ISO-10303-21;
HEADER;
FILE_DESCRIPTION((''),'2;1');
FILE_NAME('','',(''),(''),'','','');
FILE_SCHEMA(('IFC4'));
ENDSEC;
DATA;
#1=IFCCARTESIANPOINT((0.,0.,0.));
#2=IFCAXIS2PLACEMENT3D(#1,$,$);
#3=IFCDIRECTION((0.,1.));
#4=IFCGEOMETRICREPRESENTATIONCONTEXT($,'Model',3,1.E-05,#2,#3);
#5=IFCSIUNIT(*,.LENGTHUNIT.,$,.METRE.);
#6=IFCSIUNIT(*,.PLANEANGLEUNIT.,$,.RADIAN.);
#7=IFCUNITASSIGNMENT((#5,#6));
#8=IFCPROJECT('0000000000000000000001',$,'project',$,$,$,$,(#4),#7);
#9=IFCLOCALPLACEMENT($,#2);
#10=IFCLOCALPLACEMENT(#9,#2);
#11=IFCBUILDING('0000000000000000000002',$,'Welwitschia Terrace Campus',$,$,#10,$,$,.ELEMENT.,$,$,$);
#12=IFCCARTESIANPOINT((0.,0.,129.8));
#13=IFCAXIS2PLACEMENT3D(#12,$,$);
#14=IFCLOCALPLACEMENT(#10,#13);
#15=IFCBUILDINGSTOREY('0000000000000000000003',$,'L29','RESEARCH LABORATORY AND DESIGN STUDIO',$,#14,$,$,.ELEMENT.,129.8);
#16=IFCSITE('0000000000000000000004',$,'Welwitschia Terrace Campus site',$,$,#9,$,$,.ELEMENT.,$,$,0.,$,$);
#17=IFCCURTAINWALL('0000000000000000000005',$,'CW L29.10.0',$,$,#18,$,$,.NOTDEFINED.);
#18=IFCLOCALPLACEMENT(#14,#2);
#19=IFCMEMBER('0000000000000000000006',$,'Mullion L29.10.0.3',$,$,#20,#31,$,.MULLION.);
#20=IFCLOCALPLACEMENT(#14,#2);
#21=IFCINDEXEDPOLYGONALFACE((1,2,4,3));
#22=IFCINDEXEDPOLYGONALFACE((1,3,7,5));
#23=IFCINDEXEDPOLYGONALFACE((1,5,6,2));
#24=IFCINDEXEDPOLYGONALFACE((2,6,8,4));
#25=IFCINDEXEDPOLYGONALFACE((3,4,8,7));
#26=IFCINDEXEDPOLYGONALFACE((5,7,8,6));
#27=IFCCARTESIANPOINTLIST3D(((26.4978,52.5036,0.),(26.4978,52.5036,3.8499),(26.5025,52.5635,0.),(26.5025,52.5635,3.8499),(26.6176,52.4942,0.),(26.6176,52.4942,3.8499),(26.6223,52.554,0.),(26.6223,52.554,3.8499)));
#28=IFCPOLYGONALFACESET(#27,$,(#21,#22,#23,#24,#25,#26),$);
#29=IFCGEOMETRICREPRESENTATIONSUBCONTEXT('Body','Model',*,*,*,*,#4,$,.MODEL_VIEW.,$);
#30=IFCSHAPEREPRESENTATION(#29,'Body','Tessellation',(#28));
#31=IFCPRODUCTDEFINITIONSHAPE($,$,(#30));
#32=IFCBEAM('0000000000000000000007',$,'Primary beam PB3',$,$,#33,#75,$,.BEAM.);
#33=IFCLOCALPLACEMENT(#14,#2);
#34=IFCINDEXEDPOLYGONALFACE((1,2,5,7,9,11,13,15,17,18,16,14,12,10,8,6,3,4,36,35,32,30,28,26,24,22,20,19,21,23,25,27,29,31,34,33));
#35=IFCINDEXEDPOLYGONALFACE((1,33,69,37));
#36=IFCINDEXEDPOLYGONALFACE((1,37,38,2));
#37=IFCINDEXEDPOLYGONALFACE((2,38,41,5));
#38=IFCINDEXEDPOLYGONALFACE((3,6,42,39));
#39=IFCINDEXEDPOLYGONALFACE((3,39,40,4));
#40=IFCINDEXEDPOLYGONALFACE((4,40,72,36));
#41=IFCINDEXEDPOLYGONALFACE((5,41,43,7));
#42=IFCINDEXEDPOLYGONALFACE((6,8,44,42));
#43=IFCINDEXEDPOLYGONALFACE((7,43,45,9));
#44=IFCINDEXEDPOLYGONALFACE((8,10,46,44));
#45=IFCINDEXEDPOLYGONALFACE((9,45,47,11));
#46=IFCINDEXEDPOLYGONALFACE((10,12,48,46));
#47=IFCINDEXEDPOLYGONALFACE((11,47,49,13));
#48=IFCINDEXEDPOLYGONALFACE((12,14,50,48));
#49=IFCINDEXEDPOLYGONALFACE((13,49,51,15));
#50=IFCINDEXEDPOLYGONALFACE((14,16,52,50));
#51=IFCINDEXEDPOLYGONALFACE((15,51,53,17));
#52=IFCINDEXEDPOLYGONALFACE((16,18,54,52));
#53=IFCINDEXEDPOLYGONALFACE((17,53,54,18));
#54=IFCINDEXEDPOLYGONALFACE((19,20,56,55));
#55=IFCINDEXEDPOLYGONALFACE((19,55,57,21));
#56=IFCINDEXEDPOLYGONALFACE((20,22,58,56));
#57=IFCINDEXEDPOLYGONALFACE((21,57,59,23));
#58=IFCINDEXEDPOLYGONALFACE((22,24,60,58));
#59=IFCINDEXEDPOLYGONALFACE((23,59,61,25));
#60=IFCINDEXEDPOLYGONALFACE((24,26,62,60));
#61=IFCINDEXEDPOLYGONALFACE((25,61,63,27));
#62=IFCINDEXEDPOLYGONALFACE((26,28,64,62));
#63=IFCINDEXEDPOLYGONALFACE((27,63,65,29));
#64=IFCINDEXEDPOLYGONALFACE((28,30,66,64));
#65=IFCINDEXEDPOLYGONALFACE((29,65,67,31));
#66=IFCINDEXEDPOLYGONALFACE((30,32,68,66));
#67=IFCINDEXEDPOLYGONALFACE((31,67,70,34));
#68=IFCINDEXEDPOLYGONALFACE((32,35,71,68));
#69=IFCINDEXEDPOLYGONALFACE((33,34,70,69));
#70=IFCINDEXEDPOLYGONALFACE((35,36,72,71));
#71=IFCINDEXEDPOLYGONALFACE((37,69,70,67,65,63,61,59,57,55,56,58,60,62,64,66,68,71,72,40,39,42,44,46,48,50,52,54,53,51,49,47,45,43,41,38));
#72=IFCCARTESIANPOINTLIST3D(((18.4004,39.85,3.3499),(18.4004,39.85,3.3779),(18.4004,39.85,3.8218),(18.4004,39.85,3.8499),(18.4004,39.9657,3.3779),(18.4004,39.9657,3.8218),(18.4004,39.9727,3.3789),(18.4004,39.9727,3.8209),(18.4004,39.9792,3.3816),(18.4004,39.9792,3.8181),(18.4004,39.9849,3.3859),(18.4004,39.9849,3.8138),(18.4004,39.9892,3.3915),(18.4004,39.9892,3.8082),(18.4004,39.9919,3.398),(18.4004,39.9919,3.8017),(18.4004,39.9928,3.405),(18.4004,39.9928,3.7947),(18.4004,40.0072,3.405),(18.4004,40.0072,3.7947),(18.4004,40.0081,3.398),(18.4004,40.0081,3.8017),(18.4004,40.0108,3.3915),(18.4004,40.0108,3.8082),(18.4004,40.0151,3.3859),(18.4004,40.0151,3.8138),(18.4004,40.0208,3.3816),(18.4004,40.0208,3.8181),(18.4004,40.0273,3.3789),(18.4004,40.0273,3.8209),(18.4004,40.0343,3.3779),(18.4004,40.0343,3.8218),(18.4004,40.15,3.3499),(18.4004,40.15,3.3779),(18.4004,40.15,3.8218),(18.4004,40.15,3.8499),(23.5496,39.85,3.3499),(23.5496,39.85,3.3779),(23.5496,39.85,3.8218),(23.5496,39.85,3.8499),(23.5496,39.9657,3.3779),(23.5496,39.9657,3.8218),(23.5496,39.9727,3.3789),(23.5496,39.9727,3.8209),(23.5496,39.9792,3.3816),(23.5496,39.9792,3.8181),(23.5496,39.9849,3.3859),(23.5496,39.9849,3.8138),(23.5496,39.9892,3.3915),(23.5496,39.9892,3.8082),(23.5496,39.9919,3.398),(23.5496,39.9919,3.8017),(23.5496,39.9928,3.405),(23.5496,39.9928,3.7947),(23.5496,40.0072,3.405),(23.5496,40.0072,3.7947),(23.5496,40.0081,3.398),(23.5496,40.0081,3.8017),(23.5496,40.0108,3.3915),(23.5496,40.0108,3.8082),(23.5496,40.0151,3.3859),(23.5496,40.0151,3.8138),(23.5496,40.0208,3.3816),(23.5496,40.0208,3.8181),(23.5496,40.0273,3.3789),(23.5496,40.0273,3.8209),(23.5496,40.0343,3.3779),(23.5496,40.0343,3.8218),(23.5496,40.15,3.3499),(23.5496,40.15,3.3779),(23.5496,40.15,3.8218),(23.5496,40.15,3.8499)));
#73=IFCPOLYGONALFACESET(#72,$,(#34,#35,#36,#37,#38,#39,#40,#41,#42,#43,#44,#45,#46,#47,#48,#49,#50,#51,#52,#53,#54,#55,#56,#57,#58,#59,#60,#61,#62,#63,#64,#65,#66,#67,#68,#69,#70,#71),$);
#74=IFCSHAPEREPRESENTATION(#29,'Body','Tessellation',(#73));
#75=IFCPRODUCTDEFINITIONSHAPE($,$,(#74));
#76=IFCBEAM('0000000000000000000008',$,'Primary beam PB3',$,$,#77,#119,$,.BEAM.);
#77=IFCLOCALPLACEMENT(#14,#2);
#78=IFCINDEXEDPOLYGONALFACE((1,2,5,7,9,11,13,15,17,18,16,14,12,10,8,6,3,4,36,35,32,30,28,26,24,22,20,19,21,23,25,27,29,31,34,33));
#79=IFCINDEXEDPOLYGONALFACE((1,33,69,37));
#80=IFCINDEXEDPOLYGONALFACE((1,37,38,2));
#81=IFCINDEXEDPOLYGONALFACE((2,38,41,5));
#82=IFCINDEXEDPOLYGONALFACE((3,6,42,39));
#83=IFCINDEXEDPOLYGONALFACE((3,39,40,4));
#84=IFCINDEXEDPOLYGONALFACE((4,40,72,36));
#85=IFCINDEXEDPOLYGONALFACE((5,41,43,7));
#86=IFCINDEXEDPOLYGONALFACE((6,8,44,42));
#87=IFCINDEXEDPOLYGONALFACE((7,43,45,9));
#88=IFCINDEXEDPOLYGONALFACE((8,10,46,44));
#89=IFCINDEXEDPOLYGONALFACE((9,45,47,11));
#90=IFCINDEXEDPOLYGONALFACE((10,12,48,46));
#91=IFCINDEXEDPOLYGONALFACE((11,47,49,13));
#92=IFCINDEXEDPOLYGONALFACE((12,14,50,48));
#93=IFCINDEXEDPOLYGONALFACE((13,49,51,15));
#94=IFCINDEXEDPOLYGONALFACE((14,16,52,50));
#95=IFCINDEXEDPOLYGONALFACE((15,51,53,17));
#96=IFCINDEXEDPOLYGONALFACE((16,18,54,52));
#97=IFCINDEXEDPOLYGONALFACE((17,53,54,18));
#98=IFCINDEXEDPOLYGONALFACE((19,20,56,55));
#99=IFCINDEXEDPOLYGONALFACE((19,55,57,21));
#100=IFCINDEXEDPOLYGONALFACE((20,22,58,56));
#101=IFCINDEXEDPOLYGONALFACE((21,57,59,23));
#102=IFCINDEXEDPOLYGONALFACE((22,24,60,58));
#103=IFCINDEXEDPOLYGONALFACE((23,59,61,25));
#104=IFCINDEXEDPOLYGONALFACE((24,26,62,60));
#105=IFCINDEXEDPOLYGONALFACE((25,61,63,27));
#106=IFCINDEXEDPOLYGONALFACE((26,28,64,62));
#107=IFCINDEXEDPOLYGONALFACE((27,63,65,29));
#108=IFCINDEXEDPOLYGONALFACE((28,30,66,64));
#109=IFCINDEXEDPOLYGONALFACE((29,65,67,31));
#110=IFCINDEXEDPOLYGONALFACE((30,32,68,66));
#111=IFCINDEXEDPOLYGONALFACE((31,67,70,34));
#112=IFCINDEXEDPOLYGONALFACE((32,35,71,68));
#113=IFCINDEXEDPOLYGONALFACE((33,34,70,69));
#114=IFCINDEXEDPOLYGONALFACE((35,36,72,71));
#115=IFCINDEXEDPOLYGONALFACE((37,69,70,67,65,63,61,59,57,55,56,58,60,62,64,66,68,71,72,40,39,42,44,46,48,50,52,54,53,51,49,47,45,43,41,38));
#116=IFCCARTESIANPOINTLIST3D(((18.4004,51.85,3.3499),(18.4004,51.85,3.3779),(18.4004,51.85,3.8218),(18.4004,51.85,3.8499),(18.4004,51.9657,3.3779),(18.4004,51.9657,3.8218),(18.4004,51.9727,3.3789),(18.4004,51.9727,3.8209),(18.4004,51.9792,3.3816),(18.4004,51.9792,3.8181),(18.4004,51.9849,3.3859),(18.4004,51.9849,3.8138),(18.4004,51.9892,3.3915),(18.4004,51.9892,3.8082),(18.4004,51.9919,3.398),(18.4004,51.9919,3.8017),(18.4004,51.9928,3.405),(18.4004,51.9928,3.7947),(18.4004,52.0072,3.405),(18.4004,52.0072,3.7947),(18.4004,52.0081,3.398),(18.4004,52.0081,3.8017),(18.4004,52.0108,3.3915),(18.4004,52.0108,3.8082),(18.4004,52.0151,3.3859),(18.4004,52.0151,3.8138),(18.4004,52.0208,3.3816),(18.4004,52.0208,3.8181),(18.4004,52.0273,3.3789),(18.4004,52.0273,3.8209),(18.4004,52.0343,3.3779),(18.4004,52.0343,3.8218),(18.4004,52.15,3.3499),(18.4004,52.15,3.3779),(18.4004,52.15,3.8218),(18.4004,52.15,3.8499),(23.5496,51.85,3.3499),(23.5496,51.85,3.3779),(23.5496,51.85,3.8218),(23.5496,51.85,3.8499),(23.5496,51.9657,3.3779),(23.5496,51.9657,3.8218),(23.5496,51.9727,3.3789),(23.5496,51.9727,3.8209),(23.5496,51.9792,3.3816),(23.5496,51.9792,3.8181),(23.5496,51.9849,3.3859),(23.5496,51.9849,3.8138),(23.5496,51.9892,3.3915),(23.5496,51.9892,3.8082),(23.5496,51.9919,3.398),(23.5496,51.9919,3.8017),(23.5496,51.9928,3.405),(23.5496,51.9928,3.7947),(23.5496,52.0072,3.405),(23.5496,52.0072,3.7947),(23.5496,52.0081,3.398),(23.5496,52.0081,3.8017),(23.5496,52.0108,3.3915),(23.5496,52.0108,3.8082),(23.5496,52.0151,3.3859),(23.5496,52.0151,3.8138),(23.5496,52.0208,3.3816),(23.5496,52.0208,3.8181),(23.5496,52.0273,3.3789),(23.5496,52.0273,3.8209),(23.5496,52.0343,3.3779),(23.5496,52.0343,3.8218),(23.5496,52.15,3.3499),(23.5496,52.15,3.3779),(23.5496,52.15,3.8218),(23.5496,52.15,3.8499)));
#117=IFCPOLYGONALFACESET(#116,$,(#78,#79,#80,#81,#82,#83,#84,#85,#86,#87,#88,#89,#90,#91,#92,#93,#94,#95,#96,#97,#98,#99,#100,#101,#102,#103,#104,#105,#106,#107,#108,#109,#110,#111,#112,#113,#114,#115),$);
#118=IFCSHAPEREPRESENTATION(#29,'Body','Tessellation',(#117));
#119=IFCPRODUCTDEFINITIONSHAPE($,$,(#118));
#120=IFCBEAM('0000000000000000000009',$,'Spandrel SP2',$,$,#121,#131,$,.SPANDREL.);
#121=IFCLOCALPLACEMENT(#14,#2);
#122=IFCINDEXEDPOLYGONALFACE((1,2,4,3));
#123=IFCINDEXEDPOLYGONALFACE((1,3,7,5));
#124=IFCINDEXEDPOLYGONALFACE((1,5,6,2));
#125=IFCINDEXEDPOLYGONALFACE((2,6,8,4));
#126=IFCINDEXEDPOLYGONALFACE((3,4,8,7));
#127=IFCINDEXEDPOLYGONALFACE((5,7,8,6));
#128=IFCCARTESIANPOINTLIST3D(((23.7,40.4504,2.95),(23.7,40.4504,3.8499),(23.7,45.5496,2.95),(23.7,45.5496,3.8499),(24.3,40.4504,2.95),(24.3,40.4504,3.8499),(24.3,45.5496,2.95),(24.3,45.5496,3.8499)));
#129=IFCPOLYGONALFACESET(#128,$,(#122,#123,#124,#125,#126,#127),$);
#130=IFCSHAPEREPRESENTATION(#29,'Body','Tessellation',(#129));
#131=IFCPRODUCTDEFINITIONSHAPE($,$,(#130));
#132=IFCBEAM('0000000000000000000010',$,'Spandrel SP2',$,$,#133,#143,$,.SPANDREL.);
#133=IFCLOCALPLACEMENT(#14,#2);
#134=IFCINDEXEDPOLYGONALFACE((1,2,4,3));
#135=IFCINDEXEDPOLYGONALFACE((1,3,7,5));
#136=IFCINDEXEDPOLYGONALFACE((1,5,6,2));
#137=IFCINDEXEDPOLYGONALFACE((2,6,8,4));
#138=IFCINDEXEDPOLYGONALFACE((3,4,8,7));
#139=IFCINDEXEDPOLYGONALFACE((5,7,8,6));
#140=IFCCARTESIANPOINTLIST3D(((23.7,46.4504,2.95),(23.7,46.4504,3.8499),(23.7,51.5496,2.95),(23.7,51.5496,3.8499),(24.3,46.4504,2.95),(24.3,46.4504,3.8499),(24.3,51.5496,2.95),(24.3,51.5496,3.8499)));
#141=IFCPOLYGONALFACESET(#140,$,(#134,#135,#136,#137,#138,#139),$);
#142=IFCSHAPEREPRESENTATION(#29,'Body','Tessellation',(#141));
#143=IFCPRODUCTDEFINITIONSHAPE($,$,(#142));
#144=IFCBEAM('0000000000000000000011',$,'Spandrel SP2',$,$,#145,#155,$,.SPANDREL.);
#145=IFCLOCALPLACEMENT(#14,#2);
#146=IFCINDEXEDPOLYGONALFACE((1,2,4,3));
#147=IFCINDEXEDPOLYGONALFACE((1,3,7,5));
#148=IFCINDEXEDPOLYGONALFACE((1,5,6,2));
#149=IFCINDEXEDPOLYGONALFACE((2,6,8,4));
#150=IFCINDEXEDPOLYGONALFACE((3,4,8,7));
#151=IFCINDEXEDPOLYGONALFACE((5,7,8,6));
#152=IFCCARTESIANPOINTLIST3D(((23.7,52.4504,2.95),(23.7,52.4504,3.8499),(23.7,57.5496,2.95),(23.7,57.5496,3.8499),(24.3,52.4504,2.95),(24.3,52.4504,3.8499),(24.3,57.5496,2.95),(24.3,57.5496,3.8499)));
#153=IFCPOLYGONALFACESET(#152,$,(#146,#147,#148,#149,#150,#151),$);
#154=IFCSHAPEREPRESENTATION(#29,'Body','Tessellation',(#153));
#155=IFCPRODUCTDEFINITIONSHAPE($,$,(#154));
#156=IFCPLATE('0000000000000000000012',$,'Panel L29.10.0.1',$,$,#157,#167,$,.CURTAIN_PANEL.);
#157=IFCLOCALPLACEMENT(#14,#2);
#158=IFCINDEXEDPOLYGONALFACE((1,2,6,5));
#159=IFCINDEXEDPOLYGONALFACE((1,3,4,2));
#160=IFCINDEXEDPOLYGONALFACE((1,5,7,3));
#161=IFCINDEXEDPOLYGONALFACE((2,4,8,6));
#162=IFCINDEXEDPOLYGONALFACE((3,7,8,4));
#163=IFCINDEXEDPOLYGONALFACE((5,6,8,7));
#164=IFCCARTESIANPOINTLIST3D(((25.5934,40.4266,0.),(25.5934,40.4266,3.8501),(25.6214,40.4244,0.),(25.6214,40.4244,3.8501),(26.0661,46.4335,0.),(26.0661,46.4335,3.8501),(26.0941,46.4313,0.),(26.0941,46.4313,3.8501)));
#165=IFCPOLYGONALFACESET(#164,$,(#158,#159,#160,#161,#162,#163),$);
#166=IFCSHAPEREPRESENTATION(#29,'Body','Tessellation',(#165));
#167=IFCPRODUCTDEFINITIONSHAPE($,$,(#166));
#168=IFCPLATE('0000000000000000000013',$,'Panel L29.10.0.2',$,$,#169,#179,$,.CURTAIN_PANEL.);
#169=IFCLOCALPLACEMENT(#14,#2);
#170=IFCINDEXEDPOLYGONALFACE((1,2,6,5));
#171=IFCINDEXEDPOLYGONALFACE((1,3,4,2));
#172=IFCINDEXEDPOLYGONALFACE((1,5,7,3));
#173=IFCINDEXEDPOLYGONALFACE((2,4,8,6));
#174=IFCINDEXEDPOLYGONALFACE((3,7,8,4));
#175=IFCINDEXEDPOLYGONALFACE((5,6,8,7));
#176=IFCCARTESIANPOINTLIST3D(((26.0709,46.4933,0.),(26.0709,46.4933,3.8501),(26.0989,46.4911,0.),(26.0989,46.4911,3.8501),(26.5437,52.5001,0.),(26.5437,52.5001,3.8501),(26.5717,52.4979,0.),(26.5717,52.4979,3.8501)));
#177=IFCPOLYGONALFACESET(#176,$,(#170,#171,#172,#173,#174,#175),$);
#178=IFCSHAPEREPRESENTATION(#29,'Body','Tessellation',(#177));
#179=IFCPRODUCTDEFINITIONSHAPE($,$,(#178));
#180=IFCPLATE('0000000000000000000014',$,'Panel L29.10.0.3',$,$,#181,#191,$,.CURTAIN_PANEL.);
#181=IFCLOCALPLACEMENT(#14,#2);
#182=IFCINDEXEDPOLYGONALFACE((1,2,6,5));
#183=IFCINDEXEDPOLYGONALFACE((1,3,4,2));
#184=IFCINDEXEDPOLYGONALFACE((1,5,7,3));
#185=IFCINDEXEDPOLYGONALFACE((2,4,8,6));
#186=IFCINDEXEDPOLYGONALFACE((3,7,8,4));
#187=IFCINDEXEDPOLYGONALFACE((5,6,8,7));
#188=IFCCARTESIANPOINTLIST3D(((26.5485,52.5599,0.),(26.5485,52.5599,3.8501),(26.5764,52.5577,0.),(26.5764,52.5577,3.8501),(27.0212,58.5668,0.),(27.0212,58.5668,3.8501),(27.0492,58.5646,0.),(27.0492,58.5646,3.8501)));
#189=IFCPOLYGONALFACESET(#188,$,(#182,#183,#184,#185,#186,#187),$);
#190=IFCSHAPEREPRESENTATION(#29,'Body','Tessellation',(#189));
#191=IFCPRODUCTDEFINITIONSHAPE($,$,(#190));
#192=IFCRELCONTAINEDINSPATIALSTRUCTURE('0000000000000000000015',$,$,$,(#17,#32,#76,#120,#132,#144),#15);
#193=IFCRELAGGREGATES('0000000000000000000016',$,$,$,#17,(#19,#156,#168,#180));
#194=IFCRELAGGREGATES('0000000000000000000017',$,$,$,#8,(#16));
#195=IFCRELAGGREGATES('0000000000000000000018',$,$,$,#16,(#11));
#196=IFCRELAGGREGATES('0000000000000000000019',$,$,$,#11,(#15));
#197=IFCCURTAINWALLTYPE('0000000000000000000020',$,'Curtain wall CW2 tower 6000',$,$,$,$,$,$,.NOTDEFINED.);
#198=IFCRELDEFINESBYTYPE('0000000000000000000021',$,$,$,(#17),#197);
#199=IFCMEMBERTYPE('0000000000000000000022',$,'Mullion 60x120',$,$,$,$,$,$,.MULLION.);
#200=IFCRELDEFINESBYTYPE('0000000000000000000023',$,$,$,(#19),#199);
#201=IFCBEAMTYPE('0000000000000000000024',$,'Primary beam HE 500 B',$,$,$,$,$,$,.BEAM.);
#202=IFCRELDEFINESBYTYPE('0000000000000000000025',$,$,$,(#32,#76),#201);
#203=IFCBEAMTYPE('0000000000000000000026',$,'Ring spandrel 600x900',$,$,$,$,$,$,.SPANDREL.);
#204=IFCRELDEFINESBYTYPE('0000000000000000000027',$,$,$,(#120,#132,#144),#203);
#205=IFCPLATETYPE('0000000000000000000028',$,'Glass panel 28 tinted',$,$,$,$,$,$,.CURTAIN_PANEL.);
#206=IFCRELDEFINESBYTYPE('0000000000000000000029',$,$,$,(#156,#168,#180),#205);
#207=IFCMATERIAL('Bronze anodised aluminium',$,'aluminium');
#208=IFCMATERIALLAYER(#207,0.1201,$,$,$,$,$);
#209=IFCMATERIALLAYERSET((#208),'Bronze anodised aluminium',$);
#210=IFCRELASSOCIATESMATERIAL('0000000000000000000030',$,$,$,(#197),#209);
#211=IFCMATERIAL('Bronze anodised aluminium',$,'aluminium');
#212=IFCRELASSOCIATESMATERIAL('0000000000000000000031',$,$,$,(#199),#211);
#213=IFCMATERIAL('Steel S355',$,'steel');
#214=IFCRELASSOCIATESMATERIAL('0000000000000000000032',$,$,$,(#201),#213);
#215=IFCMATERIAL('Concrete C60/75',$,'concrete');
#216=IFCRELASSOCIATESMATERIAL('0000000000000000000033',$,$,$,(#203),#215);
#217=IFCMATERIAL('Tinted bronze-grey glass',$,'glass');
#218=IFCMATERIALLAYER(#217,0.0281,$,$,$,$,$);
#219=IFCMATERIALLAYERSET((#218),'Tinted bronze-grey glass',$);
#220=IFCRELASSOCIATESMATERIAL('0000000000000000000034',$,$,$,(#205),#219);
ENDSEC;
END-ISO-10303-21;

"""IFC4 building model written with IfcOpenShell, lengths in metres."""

from ifc_helpers import new_model, si_unit, direction, frame, origin, origin_2d, place, context, subcontext, project, spatial, rectangle, i_section, extrude, material, layer, layer_set, material_profile, profile_set, type_object, element, aggregate, save


model = new_model("IFC4")

# Units and contexts
model_context = context("Model", 3, precision=1e-05, world=origin(), true_north=direction((0.0, 1.0)))
body_context = subcontext(model_context, "Body", "Model", "MODEL_VIEW")
ifc_project = project(units=[si_unit("LENGTHUNIT", "METRE"), si_unit("PLANEANGLEUNIT", "RADIAN")], contexts=[model_context])

# Site, building, storey
site_placement = place(None, origin())
site = spatial("IfcSite", under=ifc_project, at=site_placement, Name="Welwitschia Terrace Campus site", CompositionType="ELEMENT", RefElevation=0.0)
building_placement = place(site_placement, origin())
building = spatial("IfcBuilding", under=site, at=building_placement, Name="Welwitschia Terrace Campus", CompositionType="ELEMENT")
storey_placement = place(building_placement, frame((0.0, 0.0, 129.8)))
storey = spatial("IfcBuildingStorey", under=building, at=storey_placement, Name="L29", Description="RESEARCH LABORATORY AND DESIGN STUDIO", CompositionType="ELEMENT", Elevation=129.8)

# Curtain wall, member
ifc_material_1 = material(Name="Bronze anodised aluminium", Category="aluminium")
ifc_layer_1 = layer(ifc_material_1, 0.1201)
ifc_layer_set_1 = layer_set([ifc_layer_1], Name="Bronze anodised aluminium")
curtain_wall_type = type_object("IfcCurtainWallType", Name="Curtain wall CW2 tower 6000", PredefinedType="NOTDEFINED", material=ifc_layer_set_1)
curtain_wall_placement = place(storey_placement, origin())
curtain_wall = element("IfcCurtainWall", 1, at=curtain_wall_placement, inside=storey, type_object=curtain_wall_type, Name="CW L29.10.0", PredefinedType="NOTDEFINED")
ifc_material_2 = material(Name="Bronze anodised aluminium", Category="aluminium")
ifc_material_profile_1 = material_profile(ifc_material_2, rectangle(XDim=0.1201, YDim=0.0601, at=origin_2d()))
ifc_profile_set_1 = profile_set([ifc_material_profile_1], Name="Bronze anodised aluminium")
member_type = type_object("IfcMemberType", Name="Mullion 60x120", PredefinedType="MULLION", material=ifc_profile_set_1)
member_1_placement = place(storey_placement, frame((26.5601, 52.5288, 0.0), z_axis=(0.0, 0.0, 1.0), x_axis=(-0.996917, 0.078459, 0.0)))
member_1 = element("IfcMember", 2, at=member_1_placement, type_object=member_type, Name="Mullion L29.10.0.3", PredefinedType="MULLION", context=body_context, shape_type="SweptSolid", body=[
    extrude(rectangle(XDim=0.1201, YDim=0.0601, at=origin_2d()), origin(), (0.0, 0.0, 1.0), 3.8499),
])

# Beams
ifc_material_3 = material(Name="Steel S355", Category="steel")
ifc_material_profile_2 = material_profile(ifc_material_3, i_section(OverallWidth=0.3, OverallDepth=0.5, WebThickness=0.0144, FlangeThickness=0.0281, FilletRadius=0.0271, at=origin_2d()))
ifc_profile_set_2 = profile_set([ifc_material_profile_2], Name="Steel S355")
beam_type_1 = type_object("IfcBeamType", Name="Primary beam HE 500 B", PredefinedType="BEAM", material=ifc_profile_set_2)
for number, where, z_axis, x_axis, name in (
    (3, (23.5496, 40.0, 3.5999), (-1.0, 0.0, 0.0), (0.0, -1.0, 0.0), "Primary beam PB3"),
    (4, (23.5496, 52.0, 3.5999), (-1.0, 0.0, 0.0), (0.0, -1.0, 0.0), "Primary beam PB3"),
):
    element("IfcBeam", number, at=place(storey_placement, frame(where, z_axis=z_axis, x_axis=x_axis)), inside=storey, type_object=beam_type_1, Name=name, PredefinedType="BEAM", context=body_context, shape_type="SweptSolid", body=[
        extrude(i_section(OverallWidth=0.3, OverallDepth=0.5, WebThickness=0.0144, FlangeThickness=0.0281, FilletRadius=0.0271, at=origin_2d()), origin(), (0.0, 0.0, 1.0), 5.1492),
    ])
ifc_material_4 = material(Name="Concrete C60/75", Category="concrete")
ifc_material_profile_3 = material_profile(ifc_material_4, rectangle(XDim=0.6001, YDim=0.8999, at=origin_2d()))
ifc_profile_set_3 = profile_set([ifc_material_profile_3], Name="Concrete C60/75")
beam_type_2 = type_object("IfcBeamType", Name="Ring spandrel 600x900", PredefinedType="SPANDREL", material=ifc_profile_set_3)
for number, where, z_axis, x_axis, name in (
    (5, (24.0, 40.4504, 3.3999), (0.0, 1.0, 0.0), (-1.0, 0.0, 0.0), "Spandrel SP2"),
    (6, (24.0, 46.4504, 3.3999), (0.0, 1.0, 0.0), (-1.0, 0.0, 0.0), "Spandrel SP2"),
    (7, (24.0, 52.4504, 3.3999), (0.0, 1.0, 0.0), (-1.0, 0.0, 0.0), "Spandrel SP2"),
):
    element("IfcBeam", number, at=place(storey_placement, frame(where, z_axis=z_axis, x_axis=x_axis)), inside=storey, type_object=beam_type_2, Name=name, PredefinedType="SPANDREL", context=body_context, shape_type="SweptSolid", body=[
        extrude(rectangle(XDim=0.6001, YDim=0.8999, at=origin_2d()), origin(), (0.0, 0.0, 1.0), 5.0991),
    ])

# Plates
ifc_material_5 = material(Name="Tinted bronze-grey glass", Category="glass")
ifc_layer_2 = layer(ifc_material_5, 0.0281)
ifc_layer_set_2 = layer_set([ifc_layer_2], Name="Tinted bronze-grey glass")
plate_type = type_object("IfcPlateType", Name="Glass panel 28 tinted", PredefinedType="CURTAIN_PANEL", material=ifc_layer_set_2)
plate_1_placement = place(storey_placement, frame((25.8438, 43.429, 0.0), z_axis=(0.0, 0.0, 1.0), x_axis=(0.078459, 0.996917, 0.0)))
plate_1 = element("IfcPlate", 8, at=plate_1_placement, type_object=plate_type, Name="Panel L29.10.0.1", PredefinedType="CURTAIN_PANEL", context=body_context, shape_type="SweptSolid", body=[
    extrude(rectangle(XDim=6.0254, YDim=0.0281, at=origin_2d()), origin(), (0.0, 0.0, 1.0), 3.8501),
])
plate_2_placement = place(storey_placement, frame((26.3213, 49.4956, 0.0), z_axis=(0.0, 0.0, 1.0), x_axis=(0.078459, 0.996917, 0.0)))
plate_2 = element("IfcPlate", 9, at=plate_2_placement, type_object=plate_type, Name="Panel L29.10.0.2", PredefinedType="CURTAIN_PANEL", context=body_context, shape_type="SweptSolid", body=[
    extrude(rectangle(XDim=6.0254, YDim=0.0281, at=origin_2d()), origin(), (0.0, 0.0, 1.0), 3.8501),
])
plate_3_placement = place(storey_placement, frame((26.7988, 55.5623, 0.0), z_axis=(0.0, 0.0, 1.0), x_axis=(0.078459, 0.996917, 0.0)))
plate_3 = element("IfcPlate", 10, at=plate_3_placement, type_object=plate_type, Name="Panel L29.10.0.3", PredefinedType="CURTAIN_PANEL", context=body_context, shape_type="SweptSolid", body=[
    extrude(rectangle(XDim=6.0254, YDim=0.0281, at=origin_2d()), origin(), (0.0, 0.0, 1.0), 3.8501),
])
aggregate(curtain_wall, [member_1, plate_1, plate_2, plate_3])

save(model, "model.ifc")
